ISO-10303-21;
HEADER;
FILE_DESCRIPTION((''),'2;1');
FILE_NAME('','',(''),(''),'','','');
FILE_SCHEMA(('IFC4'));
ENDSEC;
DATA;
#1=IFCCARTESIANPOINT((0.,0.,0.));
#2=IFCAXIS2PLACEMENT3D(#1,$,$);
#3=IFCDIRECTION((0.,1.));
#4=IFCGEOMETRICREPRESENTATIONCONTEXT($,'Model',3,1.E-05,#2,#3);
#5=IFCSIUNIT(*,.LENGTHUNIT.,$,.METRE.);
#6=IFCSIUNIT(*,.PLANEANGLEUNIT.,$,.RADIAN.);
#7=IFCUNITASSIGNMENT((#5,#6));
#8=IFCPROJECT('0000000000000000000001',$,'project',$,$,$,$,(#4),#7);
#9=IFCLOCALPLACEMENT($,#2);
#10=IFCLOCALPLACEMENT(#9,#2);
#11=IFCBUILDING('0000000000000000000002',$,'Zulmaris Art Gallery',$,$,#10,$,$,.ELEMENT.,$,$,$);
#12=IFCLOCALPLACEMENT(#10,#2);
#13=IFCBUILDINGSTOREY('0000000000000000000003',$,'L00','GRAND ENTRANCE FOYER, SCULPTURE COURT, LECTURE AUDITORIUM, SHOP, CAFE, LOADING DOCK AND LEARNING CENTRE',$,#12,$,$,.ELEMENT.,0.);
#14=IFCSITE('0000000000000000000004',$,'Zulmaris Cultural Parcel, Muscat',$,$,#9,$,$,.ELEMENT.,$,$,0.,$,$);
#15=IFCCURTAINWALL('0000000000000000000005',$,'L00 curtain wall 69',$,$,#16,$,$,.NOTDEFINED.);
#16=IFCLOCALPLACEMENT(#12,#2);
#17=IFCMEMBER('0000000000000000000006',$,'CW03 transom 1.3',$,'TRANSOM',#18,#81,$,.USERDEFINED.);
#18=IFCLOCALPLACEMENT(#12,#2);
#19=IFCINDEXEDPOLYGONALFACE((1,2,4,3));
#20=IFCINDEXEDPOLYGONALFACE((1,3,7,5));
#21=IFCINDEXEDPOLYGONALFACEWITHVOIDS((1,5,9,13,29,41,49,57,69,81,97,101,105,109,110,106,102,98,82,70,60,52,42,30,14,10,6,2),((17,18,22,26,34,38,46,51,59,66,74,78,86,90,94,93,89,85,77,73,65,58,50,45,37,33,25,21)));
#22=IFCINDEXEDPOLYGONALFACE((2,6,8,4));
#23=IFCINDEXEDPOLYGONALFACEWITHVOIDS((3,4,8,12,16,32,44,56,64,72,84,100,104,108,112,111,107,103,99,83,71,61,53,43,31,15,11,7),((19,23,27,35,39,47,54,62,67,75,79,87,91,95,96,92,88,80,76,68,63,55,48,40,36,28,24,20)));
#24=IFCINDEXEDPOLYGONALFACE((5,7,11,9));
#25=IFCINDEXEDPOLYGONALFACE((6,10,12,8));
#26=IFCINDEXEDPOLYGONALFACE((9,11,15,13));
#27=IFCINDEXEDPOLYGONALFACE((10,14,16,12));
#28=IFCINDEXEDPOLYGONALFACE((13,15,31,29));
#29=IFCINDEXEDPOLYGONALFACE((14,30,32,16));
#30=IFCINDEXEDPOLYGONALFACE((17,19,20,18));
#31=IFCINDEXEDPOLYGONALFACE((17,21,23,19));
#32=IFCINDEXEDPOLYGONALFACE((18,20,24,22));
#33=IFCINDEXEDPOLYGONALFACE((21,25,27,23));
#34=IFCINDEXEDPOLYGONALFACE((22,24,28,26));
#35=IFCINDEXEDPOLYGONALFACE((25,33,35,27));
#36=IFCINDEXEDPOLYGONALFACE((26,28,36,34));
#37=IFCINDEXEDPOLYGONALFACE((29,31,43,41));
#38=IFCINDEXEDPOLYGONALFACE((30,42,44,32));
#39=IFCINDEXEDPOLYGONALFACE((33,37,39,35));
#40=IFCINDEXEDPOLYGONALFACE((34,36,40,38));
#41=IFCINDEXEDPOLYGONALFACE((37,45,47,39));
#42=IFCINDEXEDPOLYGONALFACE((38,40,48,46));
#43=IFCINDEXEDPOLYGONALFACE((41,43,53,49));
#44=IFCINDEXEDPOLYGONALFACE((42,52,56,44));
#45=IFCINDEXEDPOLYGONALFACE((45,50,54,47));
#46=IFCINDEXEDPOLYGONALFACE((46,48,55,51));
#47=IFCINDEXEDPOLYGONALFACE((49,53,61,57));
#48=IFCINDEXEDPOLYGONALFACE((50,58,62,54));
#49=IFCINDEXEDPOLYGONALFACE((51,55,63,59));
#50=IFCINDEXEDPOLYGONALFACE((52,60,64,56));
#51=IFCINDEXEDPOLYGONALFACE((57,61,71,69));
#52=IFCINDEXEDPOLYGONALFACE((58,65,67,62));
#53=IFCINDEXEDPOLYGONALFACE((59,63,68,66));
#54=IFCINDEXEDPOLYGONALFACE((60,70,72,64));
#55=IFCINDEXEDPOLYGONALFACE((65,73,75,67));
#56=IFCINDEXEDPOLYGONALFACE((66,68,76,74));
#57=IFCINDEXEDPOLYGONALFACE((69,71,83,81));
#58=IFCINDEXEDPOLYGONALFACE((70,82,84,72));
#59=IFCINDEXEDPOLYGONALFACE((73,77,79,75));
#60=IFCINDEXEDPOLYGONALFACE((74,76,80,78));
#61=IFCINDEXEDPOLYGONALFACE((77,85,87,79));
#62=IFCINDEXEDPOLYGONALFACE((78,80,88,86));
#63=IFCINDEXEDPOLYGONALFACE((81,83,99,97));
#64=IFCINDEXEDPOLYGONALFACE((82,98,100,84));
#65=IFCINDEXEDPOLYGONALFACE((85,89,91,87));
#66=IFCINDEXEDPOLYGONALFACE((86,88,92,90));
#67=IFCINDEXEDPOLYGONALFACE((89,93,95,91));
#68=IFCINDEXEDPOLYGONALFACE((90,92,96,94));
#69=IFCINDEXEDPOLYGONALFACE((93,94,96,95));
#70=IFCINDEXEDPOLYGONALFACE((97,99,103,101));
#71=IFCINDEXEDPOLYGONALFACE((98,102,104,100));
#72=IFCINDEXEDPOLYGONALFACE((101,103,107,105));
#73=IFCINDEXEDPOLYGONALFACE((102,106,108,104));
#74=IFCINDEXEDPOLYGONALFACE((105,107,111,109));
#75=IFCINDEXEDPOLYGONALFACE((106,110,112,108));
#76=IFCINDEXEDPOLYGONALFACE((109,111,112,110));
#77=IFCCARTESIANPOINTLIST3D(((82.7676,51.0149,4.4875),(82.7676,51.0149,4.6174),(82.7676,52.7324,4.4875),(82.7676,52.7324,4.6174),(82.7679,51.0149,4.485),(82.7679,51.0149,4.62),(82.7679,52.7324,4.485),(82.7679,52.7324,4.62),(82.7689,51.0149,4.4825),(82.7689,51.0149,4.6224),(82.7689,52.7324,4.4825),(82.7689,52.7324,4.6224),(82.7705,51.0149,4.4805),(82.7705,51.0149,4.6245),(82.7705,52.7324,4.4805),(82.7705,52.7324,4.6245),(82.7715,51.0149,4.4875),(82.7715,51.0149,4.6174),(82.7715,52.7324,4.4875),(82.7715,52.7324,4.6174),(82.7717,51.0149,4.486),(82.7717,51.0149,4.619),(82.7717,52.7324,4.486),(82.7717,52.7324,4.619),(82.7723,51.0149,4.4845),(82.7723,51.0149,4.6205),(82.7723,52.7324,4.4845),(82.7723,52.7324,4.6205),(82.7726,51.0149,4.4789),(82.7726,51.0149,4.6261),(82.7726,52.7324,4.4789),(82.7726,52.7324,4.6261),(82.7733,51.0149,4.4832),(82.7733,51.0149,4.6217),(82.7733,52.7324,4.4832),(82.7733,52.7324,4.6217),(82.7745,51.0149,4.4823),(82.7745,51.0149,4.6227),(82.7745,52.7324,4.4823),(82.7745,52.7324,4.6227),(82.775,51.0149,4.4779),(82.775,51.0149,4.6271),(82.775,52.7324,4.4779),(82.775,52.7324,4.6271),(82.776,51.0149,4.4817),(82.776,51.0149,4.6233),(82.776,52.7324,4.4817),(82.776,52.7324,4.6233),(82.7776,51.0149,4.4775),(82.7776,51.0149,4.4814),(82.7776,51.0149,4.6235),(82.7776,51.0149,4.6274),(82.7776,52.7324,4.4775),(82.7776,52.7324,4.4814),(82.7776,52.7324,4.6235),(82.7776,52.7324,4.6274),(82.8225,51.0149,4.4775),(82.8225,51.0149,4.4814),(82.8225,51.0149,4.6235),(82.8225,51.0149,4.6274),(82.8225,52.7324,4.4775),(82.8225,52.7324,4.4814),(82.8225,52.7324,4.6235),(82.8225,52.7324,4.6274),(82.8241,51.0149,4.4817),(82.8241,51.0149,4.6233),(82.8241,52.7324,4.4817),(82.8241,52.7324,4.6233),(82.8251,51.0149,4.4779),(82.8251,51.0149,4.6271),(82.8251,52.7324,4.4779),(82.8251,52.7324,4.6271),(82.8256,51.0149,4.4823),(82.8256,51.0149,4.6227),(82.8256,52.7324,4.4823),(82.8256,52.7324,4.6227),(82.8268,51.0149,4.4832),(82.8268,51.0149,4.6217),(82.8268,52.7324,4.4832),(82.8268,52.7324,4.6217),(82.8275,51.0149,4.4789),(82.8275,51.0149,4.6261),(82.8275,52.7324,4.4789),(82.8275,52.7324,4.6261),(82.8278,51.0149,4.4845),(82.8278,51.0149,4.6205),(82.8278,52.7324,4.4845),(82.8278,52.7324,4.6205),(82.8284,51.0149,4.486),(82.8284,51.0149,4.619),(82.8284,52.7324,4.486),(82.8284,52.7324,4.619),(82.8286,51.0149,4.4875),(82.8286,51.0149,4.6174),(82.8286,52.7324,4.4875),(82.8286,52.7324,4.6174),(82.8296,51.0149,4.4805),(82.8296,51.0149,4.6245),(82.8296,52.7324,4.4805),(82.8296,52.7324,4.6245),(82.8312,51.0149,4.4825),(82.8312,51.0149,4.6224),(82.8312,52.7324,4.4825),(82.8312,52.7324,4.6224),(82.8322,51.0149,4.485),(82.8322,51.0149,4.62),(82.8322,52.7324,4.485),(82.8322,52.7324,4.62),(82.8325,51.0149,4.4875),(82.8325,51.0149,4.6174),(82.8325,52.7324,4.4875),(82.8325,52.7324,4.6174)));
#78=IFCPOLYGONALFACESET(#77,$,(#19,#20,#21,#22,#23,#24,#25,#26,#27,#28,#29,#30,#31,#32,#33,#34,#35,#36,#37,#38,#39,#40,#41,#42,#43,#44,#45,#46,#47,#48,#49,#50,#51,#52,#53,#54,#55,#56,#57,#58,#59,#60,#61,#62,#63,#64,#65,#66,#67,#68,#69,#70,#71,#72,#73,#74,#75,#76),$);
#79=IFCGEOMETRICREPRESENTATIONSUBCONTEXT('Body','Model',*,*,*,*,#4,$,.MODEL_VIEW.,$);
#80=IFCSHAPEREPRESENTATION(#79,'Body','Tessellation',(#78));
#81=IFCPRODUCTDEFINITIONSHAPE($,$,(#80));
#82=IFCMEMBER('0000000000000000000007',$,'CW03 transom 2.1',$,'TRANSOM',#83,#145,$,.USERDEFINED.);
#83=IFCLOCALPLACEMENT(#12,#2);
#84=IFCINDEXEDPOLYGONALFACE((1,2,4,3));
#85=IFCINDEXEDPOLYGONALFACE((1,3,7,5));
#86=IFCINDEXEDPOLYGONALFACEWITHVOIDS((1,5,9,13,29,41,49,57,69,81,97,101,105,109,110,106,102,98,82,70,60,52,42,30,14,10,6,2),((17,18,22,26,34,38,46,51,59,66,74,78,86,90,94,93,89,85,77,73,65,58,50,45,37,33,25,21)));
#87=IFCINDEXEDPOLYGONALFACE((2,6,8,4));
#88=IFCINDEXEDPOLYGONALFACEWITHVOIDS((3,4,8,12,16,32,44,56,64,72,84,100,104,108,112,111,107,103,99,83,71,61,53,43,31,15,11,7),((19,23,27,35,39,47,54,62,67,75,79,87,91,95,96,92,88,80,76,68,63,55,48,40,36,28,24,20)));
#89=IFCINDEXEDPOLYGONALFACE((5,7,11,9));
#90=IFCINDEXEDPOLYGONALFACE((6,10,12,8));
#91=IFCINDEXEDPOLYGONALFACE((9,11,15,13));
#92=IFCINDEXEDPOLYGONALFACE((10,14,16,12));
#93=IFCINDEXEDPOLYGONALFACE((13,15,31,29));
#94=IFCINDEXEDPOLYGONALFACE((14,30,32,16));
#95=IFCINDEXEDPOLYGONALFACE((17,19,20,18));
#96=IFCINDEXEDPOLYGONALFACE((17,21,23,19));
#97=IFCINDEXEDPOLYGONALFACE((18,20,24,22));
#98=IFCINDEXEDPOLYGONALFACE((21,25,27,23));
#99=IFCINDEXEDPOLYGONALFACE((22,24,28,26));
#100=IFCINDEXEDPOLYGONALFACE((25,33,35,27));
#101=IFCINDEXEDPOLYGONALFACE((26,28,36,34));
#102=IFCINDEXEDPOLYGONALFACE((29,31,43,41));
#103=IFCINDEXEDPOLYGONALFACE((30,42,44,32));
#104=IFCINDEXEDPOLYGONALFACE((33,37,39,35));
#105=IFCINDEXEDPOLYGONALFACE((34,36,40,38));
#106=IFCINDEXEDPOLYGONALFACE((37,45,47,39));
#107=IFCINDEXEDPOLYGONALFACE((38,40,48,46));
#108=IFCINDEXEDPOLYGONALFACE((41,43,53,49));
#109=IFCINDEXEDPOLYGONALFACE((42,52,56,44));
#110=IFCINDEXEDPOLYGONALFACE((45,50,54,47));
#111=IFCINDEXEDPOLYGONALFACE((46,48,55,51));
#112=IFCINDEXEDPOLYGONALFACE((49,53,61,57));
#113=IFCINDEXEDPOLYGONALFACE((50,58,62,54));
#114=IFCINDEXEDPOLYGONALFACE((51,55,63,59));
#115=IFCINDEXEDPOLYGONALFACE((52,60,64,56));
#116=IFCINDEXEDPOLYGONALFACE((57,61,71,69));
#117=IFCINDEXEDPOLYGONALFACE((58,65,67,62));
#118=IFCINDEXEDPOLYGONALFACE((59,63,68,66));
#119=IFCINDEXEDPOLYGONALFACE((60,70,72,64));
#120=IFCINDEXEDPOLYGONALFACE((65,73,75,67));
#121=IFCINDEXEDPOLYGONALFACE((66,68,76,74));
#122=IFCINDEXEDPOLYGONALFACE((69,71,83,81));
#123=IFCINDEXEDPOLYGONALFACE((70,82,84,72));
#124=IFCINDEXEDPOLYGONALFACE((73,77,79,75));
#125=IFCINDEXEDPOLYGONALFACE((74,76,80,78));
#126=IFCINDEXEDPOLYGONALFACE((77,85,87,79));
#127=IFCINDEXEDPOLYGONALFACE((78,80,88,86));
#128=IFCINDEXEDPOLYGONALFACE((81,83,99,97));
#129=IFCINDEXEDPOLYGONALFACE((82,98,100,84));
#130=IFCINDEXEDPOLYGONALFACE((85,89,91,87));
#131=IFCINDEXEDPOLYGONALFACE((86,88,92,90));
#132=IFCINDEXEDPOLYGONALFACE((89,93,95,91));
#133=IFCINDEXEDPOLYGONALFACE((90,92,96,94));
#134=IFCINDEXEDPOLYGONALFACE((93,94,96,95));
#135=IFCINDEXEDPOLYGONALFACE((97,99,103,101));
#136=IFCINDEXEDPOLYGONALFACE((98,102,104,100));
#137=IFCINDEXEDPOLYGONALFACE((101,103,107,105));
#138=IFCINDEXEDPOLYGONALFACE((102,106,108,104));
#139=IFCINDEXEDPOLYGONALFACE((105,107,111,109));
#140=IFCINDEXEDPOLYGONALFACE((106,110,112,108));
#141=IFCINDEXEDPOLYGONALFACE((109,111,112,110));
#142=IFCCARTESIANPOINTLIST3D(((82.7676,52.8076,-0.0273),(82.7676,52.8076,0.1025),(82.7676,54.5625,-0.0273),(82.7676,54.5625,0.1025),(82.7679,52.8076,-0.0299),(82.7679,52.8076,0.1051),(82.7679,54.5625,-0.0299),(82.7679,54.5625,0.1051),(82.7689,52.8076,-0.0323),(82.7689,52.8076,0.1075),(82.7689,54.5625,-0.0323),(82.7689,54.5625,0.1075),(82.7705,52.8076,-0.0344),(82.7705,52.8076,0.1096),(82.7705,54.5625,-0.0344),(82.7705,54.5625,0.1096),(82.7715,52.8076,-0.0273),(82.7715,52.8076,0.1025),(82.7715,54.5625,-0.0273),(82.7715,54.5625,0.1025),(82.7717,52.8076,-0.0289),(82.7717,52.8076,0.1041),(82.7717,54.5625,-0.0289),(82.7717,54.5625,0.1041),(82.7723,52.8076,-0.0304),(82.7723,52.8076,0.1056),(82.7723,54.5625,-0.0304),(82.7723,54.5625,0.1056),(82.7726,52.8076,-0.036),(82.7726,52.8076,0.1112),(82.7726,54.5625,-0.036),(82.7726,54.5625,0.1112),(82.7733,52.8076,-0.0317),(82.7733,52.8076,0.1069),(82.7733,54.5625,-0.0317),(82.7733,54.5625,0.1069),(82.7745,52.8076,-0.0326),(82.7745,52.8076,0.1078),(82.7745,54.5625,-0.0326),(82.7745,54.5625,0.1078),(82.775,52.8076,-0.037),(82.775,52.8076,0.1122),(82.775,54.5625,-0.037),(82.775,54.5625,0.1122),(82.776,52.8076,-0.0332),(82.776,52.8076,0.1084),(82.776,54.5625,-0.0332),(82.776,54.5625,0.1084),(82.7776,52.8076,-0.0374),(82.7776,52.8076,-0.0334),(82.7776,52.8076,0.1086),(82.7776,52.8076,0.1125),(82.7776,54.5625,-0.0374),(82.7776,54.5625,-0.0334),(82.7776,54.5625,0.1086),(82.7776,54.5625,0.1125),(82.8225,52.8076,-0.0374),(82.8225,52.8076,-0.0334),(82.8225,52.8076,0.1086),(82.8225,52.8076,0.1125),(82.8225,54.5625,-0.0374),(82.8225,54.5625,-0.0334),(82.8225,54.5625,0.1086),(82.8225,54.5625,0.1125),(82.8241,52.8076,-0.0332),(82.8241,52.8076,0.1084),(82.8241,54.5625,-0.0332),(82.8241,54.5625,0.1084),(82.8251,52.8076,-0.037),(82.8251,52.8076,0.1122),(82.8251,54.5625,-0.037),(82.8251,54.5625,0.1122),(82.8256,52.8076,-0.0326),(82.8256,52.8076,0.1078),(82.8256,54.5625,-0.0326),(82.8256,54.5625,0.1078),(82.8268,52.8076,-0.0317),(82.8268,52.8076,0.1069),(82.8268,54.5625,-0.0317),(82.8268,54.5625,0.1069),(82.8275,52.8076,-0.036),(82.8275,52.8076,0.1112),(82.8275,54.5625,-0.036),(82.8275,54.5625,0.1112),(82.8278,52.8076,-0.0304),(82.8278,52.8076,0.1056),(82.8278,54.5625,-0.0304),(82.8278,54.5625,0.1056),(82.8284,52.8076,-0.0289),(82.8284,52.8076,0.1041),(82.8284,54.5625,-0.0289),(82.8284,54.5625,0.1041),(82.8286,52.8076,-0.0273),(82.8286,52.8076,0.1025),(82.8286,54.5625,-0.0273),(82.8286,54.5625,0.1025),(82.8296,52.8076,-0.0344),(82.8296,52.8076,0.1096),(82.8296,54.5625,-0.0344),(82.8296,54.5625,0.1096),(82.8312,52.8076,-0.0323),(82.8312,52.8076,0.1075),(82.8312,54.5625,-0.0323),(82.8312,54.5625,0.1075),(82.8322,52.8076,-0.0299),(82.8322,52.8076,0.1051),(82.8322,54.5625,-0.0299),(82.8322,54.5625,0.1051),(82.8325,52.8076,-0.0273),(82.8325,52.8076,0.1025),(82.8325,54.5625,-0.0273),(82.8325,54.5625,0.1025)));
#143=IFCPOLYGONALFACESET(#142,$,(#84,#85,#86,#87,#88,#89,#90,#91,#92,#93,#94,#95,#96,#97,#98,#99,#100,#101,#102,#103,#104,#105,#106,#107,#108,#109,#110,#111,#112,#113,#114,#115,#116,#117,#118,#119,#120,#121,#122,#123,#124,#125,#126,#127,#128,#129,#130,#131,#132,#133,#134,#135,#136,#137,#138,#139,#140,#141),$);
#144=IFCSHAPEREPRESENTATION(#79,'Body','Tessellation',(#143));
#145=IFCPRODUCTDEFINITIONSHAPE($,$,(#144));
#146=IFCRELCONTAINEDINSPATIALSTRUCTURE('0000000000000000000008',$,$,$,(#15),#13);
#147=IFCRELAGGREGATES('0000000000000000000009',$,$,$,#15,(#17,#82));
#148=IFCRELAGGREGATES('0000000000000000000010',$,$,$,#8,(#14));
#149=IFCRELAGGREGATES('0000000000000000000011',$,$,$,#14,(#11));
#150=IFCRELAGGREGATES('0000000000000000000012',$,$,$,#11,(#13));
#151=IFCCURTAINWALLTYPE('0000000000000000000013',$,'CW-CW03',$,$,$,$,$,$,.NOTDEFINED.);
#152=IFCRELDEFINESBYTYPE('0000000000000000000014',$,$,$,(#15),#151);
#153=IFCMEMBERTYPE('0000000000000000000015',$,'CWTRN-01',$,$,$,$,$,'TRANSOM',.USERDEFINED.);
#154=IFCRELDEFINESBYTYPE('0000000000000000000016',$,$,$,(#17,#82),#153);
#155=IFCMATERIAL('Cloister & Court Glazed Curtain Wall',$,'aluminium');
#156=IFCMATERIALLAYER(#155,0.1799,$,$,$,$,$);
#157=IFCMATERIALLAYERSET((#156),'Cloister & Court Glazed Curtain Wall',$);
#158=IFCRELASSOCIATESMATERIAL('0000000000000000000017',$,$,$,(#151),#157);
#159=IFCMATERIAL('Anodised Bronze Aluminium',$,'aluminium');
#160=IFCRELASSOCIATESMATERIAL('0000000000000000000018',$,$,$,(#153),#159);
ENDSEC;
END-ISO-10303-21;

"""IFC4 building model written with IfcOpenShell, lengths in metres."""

from ifc_helpers import new_model, si_unit, direction, frame, origin, origin_2d, place, context, subcontext, project, spatial, hollow_rectangle, extrude, material, layer, layer_set, material_profile, profile_set, type_object, element, aggregate, save


model = new_model("IFC4")

# Units and contexts
model_context = context("Model", 3, precision=1e-05, world=origin(), true_north=direction((0.0, 1.0)))
body_context = subcontext(model_context, "Body", "Model", "MODEL_VIEW")
ifc_project = project(units=[si_unit("LENGTHUNIT", "METRE"), si_unit("PLANEANGLEUNIT", "RADIAN")], contexts=[model_context])

# Site, building, storey
site_placement = place(None, origin())
site = spatial("IfcSite", under=ifc_project, at=site_placement, Name="Zulmaris Cultural Parcel, Muscat", CompositionType="ELEMENT", RefElevation=0.0)
building_placement = place(site_placement, origin())
building = spatial("IfcBuilding", under=site, at=building_placement, Name="Zulmaris Art Gallery", CompositionType="ELEMENT")
storey_placement = place(building_placement, origin())
storey = spatial("IfcBuildingStorey", under=building, at=storey_placement, Name="L00", Description="GRAND ENTRANCE FOYER, SCULPTURE COURT, LECTURE AUDITORIUM, SHOP, CAFE, LOADING DOCK AND LEARNING CENTRE", CompositionType="ELEMENT", Elevation=0.0)

# Shared definitions
ifc_material_1 = material(Name="Cloister & Court Glazed Curtain Wall", Category="aluminium")
ifc_layer_1 = layer(ifc_material_1, 0.1799)
ifc_layer_set_1 = layer_set([ifc_layer_1], Name="Cloister & Court Glazed Curtain Wall")
curtain_wall_type = type_object("IfcCurtainWallType", Name="CW-CW03", PredefinedType="NOTDEFINED", material=ifc_layer_set_1)
ifc_material_2 = material(Name="Anodised Bronze Aluminium", Category="aluminium")

# Curtain wall, members
curtain_wall_1_placement = place(storey_placement, origin())
curtain_wall_1 = element("IfcCurtainWall", 1, at=curtain_wall_1_placement, inside=storey, type_object=curtain_wall_type, Name="L00 curtain wall 69", PredefinedType="NOTDEFINED")
ifc_material_profile_1 = material_profile(ifc_material_2, hollow_rectangle(XDim=0.0649, YDim=0.1499, WallThickness=0.0039, InnerFilletRadius=0.0061, OuterFilletRadius=0.01, at=origin_2d()), Name="ALU 65x150x4")
ifc_profile_set_1 = profile_set([ifc_material_profile_1], Name="Anodised Bronze Aluminium")
member_type_1 = type_object("IfcMemberType", Name="CWTRN-01", ElementType="TRANSOM", PredefinedType="USERDEFINED", material=ifc_profile_set_1)
member_1_placement = place(storey_placement, frame((82.8, 51.0149, 4.5525), z_axis=(0.0, 1.0, 0.0), x_axis=(-1.0, 0.0, 0.0)))
member_1 = element("IfcMember", 2, at=member_1_placement, type_object=member_type_1, Name="CW03 transom 1.3", ObjectType="TRANSOM", PredefinedType="USERDEFINED", context=body_context, shape_type="SweptSolid", body=[
    extrude(hollow_rectangle(XDim=0.0649, YDim=0.1499, WallThickness=0.0039, InnerFilletRadius=0.0061, OuterFilletRadius=0.01, at=origin_2d()), origin(), (0.0, 0.0, 1.0), 1.7175),
])
member_2_placement = place(storey_placement, frame((82.8, 52.8076, 0.0376), z_axis=(0.0, 1.0, 0.0), x_axis=(-1.0, 0.0, 0.0)))
member_2 = element("IfcMember", 3, at=member_2_placement, type_object=member_type_1, Name="CW03 transom 2.1", ObjectType="TRANSOM", PredefinedType="USERDEFINED", context=body_context, shape_type="SweptSolid", body=[
    extrude(hollow_rectangle(XDim=0.0649, YDim=0.1499, WallThickness=0.0039, InnerFilletRadius=0.0061, OuterFilletRadius=0.01, at=origin_2d()), origin(), (0.0, 0.0, 1.0), 1.7549),
])

aggregate(curtain_wall_1, [member_1, member_2])

save(model, "model.ifc")
